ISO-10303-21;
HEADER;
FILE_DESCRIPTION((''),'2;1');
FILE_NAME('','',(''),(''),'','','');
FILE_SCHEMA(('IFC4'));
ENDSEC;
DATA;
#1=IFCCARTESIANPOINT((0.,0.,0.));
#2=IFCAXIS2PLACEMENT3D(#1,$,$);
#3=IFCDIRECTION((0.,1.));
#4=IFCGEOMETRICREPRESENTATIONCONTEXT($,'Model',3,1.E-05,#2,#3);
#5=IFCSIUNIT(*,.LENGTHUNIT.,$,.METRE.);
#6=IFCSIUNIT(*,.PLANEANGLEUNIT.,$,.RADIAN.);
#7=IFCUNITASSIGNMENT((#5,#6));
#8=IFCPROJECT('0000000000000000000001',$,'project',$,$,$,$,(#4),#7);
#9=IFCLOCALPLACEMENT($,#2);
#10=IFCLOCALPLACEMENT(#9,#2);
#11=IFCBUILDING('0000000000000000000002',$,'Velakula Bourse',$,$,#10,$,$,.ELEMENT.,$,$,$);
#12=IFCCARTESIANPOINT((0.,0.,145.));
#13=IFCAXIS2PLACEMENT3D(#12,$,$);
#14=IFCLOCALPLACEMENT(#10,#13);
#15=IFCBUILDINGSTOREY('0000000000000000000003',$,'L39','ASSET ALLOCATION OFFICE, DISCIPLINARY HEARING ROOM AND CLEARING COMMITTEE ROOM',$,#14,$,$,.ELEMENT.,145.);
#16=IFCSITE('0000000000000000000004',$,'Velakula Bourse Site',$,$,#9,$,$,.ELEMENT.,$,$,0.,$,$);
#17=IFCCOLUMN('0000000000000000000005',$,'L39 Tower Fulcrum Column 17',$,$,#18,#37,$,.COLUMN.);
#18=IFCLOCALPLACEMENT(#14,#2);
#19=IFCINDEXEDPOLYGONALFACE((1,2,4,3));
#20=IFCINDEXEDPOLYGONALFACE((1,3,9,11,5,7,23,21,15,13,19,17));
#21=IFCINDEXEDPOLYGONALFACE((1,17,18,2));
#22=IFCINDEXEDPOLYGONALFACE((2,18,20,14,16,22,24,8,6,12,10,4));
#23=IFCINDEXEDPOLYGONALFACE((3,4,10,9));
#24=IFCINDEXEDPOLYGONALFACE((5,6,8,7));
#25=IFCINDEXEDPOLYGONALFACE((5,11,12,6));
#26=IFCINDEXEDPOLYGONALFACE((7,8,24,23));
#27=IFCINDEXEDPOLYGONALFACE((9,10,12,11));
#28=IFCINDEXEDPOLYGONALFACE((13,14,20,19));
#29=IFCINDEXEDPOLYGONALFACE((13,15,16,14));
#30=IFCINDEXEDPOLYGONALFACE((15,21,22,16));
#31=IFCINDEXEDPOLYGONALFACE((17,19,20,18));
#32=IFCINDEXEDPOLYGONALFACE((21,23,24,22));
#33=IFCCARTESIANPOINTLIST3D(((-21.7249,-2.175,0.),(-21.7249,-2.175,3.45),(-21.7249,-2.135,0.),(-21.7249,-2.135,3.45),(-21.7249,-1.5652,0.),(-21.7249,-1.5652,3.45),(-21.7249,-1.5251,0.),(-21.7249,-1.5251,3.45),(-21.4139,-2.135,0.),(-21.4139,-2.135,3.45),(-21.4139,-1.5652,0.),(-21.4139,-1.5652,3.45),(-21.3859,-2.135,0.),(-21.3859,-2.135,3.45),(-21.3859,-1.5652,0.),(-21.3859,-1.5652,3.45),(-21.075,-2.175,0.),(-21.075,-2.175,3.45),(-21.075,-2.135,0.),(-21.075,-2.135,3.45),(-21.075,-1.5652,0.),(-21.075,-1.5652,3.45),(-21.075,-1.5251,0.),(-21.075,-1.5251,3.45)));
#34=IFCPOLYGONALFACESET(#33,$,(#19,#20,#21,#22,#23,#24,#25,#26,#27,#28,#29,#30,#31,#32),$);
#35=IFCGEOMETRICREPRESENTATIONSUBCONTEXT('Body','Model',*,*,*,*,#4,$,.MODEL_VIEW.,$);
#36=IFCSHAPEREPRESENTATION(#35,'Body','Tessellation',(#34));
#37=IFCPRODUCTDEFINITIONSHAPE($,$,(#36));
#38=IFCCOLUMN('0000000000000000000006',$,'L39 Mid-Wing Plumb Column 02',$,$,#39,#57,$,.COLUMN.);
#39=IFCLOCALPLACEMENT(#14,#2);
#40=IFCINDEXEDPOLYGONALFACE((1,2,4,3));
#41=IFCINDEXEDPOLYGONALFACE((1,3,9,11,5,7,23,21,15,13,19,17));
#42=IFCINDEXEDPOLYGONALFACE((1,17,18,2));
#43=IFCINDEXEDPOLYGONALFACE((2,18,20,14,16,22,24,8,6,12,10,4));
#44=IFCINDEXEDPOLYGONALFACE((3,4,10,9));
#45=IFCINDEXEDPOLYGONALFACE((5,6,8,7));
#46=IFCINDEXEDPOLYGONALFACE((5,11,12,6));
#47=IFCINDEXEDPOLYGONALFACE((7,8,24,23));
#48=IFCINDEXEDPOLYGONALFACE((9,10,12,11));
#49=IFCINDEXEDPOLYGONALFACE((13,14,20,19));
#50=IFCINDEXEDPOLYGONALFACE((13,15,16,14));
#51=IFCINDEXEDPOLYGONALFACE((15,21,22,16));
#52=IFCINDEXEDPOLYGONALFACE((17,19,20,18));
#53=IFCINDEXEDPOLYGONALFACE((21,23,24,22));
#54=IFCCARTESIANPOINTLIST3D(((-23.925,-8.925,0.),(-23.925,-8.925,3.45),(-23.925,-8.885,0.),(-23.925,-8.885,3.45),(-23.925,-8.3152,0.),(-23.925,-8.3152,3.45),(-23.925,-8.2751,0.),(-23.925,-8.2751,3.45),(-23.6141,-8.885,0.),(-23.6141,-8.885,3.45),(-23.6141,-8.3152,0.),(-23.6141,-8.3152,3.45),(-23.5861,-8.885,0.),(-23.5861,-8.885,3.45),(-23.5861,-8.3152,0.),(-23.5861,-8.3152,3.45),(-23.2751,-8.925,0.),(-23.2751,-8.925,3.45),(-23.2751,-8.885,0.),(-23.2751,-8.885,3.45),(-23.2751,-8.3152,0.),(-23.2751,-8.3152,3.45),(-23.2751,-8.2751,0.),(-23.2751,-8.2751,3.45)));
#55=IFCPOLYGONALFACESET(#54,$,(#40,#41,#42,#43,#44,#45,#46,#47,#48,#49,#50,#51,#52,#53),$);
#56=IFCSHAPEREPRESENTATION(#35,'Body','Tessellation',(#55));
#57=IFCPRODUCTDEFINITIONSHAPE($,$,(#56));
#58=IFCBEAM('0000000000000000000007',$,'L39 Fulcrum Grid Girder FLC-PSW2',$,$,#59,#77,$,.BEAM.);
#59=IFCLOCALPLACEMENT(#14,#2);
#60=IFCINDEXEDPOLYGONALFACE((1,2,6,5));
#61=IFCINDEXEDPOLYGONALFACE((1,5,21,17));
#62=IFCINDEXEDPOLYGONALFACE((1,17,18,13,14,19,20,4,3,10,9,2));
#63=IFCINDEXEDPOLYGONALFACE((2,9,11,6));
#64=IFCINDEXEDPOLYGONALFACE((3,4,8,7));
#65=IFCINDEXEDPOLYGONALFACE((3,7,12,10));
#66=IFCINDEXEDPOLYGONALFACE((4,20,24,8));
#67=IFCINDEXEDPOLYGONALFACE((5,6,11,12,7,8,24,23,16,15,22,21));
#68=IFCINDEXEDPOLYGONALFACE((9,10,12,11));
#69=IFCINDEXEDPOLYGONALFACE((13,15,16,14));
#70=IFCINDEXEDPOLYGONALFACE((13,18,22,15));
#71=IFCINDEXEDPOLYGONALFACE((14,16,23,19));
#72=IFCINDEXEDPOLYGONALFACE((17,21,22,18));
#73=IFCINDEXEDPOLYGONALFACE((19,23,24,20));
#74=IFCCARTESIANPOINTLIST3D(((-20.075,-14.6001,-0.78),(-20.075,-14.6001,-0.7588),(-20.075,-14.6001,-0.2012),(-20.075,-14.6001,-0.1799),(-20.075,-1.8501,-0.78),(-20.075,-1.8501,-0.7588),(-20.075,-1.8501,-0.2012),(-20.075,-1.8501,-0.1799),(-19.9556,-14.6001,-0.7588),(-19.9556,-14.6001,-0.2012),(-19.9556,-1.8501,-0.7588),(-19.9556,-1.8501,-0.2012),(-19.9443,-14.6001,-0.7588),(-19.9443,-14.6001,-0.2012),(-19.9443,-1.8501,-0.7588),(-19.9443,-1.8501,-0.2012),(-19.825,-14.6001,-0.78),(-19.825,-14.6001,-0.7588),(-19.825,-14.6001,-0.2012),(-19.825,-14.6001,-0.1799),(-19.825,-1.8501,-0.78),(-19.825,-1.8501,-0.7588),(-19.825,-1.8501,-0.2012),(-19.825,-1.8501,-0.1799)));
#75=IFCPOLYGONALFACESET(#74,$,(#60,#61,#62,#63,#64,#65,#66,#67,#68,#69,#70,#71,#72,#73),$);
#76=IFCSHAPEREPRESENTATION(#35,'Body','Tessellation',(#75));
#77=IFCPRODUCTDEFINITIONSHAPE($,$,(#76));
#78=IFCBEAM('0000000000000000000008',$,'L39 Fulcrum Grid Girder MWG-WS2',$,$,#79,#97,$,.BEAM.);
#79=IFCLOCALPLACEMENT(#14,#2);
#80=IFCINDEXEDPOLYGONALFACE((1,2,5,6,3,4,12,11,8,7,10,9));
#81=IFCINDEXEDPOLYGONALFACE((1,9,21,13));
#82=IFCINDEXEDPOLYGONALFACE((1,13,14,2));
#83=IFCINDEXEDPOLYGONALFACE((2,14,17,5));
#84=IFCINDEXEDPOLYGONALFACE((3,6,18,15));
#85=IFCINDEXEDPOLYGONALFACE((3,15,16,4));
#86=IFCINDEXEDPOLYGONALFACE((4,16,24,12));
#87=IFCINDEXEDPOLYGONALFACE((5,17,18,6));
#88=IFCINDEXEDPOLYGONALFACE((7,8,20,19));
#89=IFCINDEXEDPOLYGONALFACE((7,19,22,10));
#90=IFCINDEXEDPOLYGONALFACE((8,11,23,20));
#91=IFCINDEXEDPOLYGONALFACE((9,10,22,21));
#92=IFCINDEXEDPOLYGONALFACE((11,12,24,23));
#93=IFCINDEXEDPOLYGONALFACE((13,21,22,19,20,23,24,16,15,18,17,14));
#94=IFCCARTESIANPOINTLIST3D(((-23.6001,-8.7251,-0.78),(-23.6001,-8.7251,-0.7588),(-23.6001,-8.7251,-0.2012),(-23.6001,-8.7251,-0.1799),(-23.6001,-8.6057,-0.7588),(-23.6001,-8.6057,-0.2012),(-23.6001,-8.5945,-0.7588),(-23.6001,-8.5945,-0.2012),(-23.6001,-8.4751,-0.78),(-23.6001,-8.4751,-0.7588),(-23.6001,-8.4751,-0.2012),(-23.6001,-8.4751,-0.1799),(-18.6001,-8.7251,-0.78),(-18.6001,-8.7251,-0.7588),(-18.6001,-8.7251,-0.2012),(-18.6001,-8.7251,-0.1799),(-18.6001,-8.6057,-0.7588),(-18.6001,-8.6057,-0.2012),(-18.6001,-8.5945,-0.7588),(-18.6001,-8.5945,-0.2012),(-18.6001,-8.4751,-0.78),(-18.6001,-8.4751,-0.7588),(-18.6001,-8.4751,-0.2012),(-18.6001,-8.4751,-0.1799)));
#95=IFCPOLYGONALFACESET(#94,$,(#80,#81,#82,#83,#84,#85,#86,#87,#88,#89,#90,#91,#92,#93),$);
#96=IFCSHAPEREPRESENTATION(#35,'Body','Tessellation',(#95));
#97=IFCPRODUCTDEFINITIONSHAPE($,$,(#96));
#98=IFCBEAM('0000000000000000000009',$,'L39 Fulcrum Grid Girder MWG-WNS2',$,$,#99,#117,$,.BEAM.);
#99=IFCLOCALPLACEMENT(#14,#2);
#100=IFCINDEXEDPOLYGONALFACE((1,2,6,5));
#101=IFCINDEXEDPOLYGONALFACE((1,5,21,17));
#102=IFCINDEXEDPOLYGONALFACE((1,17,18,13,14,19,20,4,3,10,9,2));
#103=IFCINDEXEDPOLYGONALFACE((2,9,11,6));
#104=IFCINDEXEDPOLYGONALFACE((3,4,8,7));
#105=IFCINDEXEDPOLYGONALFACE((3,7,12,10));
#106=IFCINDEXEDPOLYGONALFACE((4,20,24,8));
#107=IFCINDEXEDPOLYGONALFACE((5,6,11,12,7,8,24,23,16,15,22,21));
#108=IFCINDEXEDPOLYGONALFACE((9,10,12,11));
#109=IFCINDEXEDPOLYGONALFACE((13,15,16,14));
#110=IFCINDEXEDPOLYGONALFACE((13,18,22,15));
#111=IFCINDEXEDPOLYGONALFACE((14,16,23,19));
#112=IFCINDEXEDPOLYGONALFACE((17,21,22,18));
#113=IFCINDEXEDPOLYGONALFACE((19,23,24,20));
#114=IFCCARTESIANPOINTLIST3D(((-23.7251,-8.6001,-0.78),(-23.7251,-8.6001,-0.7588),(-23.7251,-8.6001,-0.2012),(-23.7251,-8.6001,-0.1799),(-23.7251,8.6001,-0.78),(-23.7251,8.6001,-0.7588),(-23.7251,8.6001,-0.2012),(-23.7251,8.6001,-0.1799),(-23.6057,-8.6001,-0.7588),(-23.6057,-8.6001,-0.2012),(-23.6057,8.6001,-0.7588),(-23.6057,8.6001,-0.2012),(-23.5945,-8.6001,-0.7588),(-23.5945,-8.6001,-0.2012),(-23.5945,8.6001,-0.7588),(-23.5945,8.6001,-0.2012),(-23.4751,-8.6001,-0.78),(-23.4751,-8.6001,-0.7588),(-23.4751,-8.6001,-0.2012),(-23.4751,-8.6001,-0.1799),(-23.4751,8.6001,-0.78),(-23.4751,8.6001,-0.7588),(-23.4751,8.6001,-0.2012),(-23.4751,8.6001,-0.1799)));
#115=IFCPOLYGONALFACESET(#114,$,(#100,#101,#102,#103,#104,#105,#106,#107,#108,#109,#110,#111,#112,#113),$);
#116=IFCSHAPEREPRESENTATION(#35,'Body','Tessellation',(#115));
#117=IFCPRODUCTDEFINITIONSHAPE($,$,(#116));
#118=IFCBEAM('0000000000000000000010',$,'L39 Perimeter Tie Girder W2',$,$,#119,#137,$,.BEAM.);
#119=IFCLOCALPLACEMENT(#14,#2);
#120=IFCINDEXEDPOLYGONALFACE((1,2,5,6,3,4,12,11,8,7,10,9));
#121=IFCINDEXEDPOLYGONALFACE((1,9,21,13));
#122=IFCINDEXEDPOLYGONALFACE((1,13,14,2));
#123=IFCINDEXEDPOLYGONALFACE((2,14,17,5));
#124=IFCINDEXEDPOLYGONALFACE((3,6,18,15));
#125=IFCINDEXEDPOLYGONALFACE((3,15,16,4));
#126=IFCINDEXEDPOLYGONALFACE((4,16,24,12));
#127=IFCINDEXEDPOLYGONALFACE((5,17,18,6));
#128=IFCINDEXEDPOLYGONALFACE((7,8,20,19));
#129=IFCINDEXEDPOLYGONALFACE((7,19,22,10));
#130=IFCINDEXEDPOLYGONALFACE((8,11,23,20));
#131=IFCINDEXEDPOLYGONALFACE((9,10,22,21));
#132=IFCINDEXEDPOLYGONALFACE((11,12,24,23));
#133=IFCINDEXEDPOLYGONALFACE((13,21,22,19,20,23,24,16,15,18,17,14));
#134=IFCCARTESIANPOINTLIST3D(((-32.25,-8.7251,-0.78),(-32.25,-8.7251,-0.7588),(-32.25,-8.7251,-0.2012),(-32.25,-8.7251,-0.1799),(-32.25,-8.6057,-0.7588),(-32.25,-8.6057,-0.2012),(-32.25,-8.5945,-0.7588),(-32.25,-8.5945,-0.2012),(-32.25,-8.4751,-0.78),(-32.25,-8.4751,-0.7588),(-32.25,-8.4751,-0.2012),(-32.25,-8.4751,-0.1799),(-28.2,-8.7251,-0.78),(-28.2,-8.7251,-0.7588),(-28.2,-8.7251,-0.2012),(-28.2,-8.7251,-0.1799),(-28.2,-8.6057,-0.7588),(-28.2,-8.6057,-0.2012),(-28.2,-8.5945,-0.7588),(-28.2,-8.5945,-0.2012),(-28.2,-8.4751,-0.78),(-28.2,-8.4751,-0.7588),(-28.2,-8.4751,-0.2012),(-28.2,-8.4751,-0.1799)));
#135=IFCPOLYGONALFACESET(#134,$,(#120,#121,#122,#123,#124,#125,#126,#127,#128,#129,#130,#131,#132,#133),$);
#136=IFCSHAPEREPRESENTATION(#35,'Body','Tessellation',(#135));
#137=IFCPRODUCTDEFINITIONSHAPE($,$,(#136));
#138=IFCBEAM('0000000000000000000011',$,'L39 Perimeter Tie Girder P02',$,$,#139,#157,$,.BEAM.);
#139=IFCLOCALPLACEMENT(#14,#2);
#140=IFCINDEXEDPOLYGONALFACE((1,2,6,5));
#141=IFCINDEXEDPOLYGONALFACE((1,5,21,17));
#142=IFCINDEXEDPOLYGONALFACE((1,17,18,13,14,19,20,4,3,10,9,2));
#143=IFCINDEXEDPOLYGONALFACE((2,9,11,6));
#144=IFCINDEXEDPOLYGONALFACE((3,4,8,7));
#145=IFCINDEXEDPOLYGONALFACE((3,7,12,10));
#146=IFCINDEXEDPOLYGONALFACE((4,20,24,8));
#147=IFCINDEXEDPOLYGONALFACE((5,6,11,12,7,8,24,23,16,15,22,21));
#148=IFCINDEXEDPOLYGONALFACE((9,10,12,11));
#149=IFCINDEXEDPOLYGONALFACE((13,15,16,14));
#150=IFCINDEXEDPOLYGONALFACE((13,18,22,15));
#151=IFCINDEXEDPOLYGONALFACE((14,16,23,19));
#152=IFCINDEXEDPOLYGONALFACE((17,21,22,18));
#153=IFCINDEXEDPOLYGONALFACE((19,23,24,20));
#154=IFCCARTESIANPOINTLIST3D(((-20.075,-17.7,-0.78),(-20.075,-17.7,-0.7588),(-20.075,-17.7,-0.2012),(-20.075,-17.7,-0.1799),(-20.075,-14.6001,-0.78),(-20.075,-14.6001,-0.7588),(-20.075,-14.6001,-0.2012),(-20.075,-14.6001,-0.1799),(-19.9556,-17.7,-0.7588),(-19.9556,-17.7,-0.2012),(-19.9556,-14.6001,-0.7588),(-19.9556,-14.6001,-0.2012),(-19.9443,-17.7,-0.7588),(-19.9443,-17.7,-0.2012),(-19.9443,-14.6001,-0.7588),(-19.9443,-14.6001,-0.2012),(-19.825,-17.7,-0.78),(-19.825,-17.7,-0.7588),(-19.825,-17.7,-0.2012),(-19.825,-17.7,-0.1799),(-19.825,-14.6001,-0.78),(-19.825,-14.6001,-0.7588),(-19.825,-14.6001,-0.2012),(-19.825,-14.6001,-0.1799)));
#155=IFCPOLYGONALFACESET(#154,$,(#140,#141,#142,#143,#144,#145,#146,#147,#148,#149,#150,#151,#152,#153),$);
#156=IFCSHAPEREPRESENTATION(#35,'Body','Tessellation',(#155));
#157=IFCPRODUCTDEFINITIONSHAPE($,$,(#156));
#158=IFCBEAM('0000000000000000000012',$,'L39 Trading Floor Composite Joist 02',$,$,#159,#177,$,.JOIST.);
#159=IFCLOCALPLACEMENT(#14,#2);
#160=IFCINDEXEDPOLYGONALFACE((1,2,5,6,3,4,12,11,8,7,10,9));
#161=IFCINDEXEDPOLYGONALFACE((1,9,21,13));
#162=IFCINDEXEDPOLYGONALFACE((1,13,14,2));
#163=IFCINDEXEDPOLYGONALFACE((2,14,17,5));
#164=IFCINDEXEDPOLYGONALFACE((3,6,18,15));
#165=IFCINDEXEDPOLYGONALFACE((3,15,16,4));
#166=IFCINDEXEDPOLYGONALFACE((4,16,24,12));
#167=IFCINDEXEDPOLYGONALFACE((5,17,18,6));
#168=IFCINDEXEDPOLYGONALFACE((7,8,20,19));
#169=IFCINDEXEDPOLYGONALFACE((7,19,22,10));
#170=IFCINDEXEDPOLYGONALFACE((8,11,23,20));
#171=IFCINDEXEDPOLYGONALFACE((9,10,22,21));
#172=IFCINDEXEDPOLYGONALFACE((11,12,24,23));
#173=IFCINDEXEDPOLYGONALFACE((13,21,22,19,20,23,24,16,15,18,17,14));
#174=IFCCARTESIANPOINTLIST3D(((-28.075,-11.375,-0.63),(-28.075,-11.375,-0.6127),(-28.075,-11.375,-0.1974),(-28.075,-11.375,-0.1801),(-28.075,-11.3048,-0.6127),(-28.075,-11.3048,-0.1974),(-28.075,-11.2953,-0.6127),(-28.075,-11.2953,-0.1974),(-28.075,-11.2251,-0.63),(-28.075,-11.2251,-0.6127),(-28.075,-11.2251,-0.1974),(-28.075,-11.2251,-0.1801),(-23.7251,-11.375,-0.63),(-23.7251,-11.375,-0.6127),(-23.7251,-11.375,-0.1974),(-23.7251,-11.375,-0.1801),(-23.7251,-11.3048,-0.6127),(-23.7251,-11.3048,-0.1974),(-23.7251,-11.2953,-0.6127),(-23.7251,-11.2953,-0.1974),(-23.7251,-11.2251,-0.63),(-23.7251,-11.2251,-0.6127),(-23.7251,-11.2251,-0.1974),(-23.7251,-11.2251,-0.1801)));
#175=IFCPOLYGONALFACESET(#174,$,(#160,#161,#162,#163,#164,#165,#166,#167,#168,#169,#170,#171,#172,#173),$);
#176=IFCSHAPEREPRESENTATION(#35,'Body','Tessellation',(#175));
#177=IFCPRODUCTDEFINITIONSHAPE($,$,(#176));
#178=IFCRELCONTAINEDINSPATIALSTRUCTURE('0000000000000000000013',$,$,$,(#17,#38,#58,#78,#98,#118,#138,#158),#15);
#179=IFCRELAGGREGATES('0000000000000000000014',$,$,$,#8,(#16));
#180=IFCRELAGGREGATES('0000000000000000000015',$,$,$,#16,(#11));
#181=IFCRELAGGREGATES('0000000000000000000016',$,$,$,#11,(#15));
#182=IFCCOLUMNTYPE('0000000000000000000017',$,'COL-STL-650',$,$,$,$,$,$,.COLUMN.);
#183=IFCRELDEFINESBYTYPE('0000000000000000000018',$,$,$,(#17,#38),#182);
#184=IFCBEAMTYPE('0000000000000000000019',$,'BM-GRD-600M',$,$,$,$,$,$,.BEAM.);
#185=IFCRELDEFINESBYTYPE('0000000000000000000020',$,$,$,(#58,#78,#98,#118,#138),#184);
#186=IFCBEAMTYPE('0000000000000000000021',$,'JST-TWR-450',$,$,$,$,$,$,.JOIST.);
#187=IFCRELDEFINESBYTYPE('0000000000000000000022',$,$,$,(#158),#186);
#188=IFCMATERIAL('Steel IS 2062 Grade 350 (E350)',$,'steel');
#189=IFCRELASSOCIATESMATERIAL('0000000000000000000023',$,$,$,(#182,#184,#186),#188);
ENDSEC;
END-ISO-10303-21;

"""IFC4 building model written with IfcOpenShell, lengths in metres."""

from ifc_helpers import new_model, si_unit, direction, frame, origin, origin_2d, place, context, subcontext, project, spatial, i_section, extrude, material, material_profile, profile_set, type_object, element, save


model = new_model("IFC4")

# Units and contexts
model_context = context("Model", 3, precision=1e-05, world=origin(), true_north=direction((0.0, 1.0)))
body_context = subcontext(model_context, "Body", "Model", "MODEL_VIEW")
ifc_project = project(units=[si_unit("LENGTHUNIT", "METRE"), si_unit("PLANEANGLEUNIT", "RADIAN")], contexts=[model_context])

# Site, building, storey
site_placement = place(None, origin())
site = spatial("IfcSite", under=ifc_project, at=site_placement, Name="Velakula Bourse Site", CompositionType="ELEMENT", RefElevation=0.0)
building_placement = place(site_placement, origin())
building = spatial("IfcBuilding", under=site, at=building_placement, Name="Velakula Bourse", CompositionType="ELEMENT")
storey_placement = place(building_placement, frame((0.0, 0.0, 145.0)))
storey = spatial("IfcBuildingStorey", under=building, at=storey_placement, Name="L39", Description="ASSET ALLOCATION OFFICE, DISCIPLINARY HEARING ROOM AND CLEARING COMMITTEE ROOM", CompositionType="ELEMENT", Elevation=145.0)

# Columns
ifc_material = material(Name="Steel IS 2062 Grade 350 (E350)", Category="steel")
ifc_material_profile_1 = material_profile(ifc_material, i_section(OverallWidth=0.6499, OverallDepth=0.6499, WebThickness=0.0281, FlangeThickness=0.04, at=origin_2d()), Name="Steel IS 2062 Grade 350 (E350)")
ifc_profile_set_1 = profile_set([ifc_material_profile_1], Name="Steel IS 2062 Grade 350 (E350)")
column_type = type_object("IfcColumnType", Name="COL-STL-650", PredefinedType="COLUMN", material=ifc_profile_set_1)
for number, where, z_axis, x_axis, name in (
    (1, (-21.3999, -1.8501, 0.0), (0.0, 0.0, 1.0), (1.0, 0.0, 0.0), "L39 Tower Fulcrum Column 17"),
    (2, (-23.6001, -8.6001, 0.0), (0.0, 0.0, 1.0), (1.0, 0.0, 0.0), "L39 Mid-Wing Plumb Column 02"),
):
    element("IfcColumn", number, at=place(storey_placement, frame(where, z_axis=z_axis, x_axis=x_axis)), inside=storey, type_object=column_type, Name=name, PredefinedType="COLUMN", context=body_context, shape_type="SweptSolid", body=[
        extrude(i_section(OverallWidth=0.6499, OverallDepth=0.6499, WebThickness=0.0281, FlangeThickness=0.04, at=origin_2d()), origin(), (0.0, 0.0, 1.0), 3.45),
    ])

# Beams
ifc_material_profile_2 = material_profile(ifc_material, i_section(OverallWidth=0.25, OverallDepth=0.6001, WebThickness=0.0112, FlangeThickness=0.0212, at=origin_2d()), Name="Steel IS 2062 Grade 350 (E350)")
ifc_profile_set_2 = profile_set([ifc_material_profile_2], Name="Steel IS 2062 Grade 350 (E350)")
beam_type_1 = type_object("IfcBeamType", Name="BM-GRD-600M", PredefinedType="BEAM", material=ifc_profile_set_2)
beam_1_placement = place(storey_placement, frame((-19.95, -14.6001, -0.48), z_axis=(0.0, 1.0, 0.0), x_axis=(-1.0, 0.0, 0.0)))
element("IfcBeam", 3, at=beam_1_placement, inside=storey, type_object=beam_type_1, Name="L39 Fulcrum Grid Girder FLC-PSW2", PredefinedType="BEAM", context=body_context, shape_type="SweptSolid", body=[
    extrude(i_section(OverallWidth=0.25, OverallDepth=0.6001, WebThickness=0.0112, FlangeThickness=0.0212, at=origin_2d()), origin(), (0.0, 0.0, 1.0), 12.75),
])
beam_2_placement = place(storey_placement, frame((-23.6001, -8.6001, -0.48), z_axis=(1.0, 0.0, 0.0), x_axis=(0.0, 1.0, 0.0)))
element("IfcBeam", 4, at=beam_2_placement, inside=storey, type_object=beam_type_1, Name="L39 Fulcrum Grid Girder MWG-WS2", PredefinedType="BEAM", context=body_context, shape_type="SweptSolid", body=[
    extrude(i_section(OverallWidth=0.25, OverallDepth=0.6001, WebThickness=0.0112, FlangeThickness=0.0212, at=origin_2d()), origin(), (0.0, 0.0, 1.0), 5.0),
])
beam_3_placement = place(storey_placement, frame((-23.6001, -8.6001, -0.48), z_axis=(0.0, 1.0, 0.0), x_axis=(-1.0, 0.0, 0.0)))
element("IfcBeam", 5, at=beam_3_placement, inside=storey, type_object=beam_type_1, Name="L39 Fulcrum Grid Girder MWG-WNS2", PredefinedType="BEAM", context=body_context, shape_type="SweptSolid", body=[
    extrude(i_section(OverallWidth=0.25, OverallDepth=0.6001, WebThickness=0.0112, FlangeThickness=0.0212, at=origin_2d()), origin(), (0.0, 0.0, 1.0), 17.2002),
])
beam_4_placement = place(storey_placement, frame((-28.2, -8.6001, -0.48), z_axis=(-1.0, 0.0, 0.0), x_axis=(0.0, -1.0, 0.0)))
element("IfcBeam", 6, at=beam_4_placement, inside=storey, type_object=beam_type_1, Name="L39 Perimeter Tie Girder W2", PredefinedType="BEAM", context=body_context, shape_type="SweptSolid", body=[
    extrude(i_section(OverallWidth=0.25, OverallDepth=0.6001, WebThickness=0.0112, FlangeThickness=0.0212, at=origin_2d()), origin(), (0.0, 0.0, 1.0), 4.05),
])
beam_5_placement = place(storey_placement, frame((-19.95, -14.6001, -0.48), z_axis=(0.0, -1.0, 0.0), x_axis=(1.0, 0.0, 0.0)))
element("IfcBeam", 7, at=beam_5_placement, inside=storey, type_object=beam_type_1, Name="L39 Perimeter Tie Girder P02", PredefinedType="BEAM", context=body_context, shape_type="SweptSolid", body=[
    extrude(i_section(OverallWidth=0.25, OverallDepth=0.6001, WebThickness=0.0112, FlangeThickness=0.0212, at=origin_2d()), origin(), (0.0, 0.0, 1.0), 3.0999),
])
ifc_material_profile_3 = material_profile(ifc_material, i_section(OverallWidth=0.1499, OverallDepth=0.45, WebThickness=0.0095, FlangeThickness=0.0173, at=origin_2d()), Name="Steel IS 2062 Grade 350 (E350)")
ifc_profile_set_3 = profile_set([ifc_material_profile_3], Name="Steel IS 2062 Grade 350 (E350)")
beam_type_2 = type_object("IfcBeamType", Name="JST-TWR-450", PredefinedType="JOIST", material=ifc_profile_set_3)
beam_6_placement = place(storey_placement, frame((-28.075, -11.3, -0.405), z_axis=(1.0, 0.0, 0.0), x_axis=(0.0, 1.0, 0.0)))
element("IfcBeam", 8, at=beam_6_placement, inside=storey, type_object=beam_type_2, Name="L39 Trading Floor Composite Joist 02", PredefinedType="JOIST", context=body_context, shape_type="SweptSolid", body=[
    extrude(i_section(OverallWidth=0.1499, OverallDepth=0.45, WebThickness=0.0095, FlangeThickness=0.0173, at=origin_2d()), origin(), (0.0, 0.0, 1.0), 4.3499),
])

save(model, "model.ifc")
